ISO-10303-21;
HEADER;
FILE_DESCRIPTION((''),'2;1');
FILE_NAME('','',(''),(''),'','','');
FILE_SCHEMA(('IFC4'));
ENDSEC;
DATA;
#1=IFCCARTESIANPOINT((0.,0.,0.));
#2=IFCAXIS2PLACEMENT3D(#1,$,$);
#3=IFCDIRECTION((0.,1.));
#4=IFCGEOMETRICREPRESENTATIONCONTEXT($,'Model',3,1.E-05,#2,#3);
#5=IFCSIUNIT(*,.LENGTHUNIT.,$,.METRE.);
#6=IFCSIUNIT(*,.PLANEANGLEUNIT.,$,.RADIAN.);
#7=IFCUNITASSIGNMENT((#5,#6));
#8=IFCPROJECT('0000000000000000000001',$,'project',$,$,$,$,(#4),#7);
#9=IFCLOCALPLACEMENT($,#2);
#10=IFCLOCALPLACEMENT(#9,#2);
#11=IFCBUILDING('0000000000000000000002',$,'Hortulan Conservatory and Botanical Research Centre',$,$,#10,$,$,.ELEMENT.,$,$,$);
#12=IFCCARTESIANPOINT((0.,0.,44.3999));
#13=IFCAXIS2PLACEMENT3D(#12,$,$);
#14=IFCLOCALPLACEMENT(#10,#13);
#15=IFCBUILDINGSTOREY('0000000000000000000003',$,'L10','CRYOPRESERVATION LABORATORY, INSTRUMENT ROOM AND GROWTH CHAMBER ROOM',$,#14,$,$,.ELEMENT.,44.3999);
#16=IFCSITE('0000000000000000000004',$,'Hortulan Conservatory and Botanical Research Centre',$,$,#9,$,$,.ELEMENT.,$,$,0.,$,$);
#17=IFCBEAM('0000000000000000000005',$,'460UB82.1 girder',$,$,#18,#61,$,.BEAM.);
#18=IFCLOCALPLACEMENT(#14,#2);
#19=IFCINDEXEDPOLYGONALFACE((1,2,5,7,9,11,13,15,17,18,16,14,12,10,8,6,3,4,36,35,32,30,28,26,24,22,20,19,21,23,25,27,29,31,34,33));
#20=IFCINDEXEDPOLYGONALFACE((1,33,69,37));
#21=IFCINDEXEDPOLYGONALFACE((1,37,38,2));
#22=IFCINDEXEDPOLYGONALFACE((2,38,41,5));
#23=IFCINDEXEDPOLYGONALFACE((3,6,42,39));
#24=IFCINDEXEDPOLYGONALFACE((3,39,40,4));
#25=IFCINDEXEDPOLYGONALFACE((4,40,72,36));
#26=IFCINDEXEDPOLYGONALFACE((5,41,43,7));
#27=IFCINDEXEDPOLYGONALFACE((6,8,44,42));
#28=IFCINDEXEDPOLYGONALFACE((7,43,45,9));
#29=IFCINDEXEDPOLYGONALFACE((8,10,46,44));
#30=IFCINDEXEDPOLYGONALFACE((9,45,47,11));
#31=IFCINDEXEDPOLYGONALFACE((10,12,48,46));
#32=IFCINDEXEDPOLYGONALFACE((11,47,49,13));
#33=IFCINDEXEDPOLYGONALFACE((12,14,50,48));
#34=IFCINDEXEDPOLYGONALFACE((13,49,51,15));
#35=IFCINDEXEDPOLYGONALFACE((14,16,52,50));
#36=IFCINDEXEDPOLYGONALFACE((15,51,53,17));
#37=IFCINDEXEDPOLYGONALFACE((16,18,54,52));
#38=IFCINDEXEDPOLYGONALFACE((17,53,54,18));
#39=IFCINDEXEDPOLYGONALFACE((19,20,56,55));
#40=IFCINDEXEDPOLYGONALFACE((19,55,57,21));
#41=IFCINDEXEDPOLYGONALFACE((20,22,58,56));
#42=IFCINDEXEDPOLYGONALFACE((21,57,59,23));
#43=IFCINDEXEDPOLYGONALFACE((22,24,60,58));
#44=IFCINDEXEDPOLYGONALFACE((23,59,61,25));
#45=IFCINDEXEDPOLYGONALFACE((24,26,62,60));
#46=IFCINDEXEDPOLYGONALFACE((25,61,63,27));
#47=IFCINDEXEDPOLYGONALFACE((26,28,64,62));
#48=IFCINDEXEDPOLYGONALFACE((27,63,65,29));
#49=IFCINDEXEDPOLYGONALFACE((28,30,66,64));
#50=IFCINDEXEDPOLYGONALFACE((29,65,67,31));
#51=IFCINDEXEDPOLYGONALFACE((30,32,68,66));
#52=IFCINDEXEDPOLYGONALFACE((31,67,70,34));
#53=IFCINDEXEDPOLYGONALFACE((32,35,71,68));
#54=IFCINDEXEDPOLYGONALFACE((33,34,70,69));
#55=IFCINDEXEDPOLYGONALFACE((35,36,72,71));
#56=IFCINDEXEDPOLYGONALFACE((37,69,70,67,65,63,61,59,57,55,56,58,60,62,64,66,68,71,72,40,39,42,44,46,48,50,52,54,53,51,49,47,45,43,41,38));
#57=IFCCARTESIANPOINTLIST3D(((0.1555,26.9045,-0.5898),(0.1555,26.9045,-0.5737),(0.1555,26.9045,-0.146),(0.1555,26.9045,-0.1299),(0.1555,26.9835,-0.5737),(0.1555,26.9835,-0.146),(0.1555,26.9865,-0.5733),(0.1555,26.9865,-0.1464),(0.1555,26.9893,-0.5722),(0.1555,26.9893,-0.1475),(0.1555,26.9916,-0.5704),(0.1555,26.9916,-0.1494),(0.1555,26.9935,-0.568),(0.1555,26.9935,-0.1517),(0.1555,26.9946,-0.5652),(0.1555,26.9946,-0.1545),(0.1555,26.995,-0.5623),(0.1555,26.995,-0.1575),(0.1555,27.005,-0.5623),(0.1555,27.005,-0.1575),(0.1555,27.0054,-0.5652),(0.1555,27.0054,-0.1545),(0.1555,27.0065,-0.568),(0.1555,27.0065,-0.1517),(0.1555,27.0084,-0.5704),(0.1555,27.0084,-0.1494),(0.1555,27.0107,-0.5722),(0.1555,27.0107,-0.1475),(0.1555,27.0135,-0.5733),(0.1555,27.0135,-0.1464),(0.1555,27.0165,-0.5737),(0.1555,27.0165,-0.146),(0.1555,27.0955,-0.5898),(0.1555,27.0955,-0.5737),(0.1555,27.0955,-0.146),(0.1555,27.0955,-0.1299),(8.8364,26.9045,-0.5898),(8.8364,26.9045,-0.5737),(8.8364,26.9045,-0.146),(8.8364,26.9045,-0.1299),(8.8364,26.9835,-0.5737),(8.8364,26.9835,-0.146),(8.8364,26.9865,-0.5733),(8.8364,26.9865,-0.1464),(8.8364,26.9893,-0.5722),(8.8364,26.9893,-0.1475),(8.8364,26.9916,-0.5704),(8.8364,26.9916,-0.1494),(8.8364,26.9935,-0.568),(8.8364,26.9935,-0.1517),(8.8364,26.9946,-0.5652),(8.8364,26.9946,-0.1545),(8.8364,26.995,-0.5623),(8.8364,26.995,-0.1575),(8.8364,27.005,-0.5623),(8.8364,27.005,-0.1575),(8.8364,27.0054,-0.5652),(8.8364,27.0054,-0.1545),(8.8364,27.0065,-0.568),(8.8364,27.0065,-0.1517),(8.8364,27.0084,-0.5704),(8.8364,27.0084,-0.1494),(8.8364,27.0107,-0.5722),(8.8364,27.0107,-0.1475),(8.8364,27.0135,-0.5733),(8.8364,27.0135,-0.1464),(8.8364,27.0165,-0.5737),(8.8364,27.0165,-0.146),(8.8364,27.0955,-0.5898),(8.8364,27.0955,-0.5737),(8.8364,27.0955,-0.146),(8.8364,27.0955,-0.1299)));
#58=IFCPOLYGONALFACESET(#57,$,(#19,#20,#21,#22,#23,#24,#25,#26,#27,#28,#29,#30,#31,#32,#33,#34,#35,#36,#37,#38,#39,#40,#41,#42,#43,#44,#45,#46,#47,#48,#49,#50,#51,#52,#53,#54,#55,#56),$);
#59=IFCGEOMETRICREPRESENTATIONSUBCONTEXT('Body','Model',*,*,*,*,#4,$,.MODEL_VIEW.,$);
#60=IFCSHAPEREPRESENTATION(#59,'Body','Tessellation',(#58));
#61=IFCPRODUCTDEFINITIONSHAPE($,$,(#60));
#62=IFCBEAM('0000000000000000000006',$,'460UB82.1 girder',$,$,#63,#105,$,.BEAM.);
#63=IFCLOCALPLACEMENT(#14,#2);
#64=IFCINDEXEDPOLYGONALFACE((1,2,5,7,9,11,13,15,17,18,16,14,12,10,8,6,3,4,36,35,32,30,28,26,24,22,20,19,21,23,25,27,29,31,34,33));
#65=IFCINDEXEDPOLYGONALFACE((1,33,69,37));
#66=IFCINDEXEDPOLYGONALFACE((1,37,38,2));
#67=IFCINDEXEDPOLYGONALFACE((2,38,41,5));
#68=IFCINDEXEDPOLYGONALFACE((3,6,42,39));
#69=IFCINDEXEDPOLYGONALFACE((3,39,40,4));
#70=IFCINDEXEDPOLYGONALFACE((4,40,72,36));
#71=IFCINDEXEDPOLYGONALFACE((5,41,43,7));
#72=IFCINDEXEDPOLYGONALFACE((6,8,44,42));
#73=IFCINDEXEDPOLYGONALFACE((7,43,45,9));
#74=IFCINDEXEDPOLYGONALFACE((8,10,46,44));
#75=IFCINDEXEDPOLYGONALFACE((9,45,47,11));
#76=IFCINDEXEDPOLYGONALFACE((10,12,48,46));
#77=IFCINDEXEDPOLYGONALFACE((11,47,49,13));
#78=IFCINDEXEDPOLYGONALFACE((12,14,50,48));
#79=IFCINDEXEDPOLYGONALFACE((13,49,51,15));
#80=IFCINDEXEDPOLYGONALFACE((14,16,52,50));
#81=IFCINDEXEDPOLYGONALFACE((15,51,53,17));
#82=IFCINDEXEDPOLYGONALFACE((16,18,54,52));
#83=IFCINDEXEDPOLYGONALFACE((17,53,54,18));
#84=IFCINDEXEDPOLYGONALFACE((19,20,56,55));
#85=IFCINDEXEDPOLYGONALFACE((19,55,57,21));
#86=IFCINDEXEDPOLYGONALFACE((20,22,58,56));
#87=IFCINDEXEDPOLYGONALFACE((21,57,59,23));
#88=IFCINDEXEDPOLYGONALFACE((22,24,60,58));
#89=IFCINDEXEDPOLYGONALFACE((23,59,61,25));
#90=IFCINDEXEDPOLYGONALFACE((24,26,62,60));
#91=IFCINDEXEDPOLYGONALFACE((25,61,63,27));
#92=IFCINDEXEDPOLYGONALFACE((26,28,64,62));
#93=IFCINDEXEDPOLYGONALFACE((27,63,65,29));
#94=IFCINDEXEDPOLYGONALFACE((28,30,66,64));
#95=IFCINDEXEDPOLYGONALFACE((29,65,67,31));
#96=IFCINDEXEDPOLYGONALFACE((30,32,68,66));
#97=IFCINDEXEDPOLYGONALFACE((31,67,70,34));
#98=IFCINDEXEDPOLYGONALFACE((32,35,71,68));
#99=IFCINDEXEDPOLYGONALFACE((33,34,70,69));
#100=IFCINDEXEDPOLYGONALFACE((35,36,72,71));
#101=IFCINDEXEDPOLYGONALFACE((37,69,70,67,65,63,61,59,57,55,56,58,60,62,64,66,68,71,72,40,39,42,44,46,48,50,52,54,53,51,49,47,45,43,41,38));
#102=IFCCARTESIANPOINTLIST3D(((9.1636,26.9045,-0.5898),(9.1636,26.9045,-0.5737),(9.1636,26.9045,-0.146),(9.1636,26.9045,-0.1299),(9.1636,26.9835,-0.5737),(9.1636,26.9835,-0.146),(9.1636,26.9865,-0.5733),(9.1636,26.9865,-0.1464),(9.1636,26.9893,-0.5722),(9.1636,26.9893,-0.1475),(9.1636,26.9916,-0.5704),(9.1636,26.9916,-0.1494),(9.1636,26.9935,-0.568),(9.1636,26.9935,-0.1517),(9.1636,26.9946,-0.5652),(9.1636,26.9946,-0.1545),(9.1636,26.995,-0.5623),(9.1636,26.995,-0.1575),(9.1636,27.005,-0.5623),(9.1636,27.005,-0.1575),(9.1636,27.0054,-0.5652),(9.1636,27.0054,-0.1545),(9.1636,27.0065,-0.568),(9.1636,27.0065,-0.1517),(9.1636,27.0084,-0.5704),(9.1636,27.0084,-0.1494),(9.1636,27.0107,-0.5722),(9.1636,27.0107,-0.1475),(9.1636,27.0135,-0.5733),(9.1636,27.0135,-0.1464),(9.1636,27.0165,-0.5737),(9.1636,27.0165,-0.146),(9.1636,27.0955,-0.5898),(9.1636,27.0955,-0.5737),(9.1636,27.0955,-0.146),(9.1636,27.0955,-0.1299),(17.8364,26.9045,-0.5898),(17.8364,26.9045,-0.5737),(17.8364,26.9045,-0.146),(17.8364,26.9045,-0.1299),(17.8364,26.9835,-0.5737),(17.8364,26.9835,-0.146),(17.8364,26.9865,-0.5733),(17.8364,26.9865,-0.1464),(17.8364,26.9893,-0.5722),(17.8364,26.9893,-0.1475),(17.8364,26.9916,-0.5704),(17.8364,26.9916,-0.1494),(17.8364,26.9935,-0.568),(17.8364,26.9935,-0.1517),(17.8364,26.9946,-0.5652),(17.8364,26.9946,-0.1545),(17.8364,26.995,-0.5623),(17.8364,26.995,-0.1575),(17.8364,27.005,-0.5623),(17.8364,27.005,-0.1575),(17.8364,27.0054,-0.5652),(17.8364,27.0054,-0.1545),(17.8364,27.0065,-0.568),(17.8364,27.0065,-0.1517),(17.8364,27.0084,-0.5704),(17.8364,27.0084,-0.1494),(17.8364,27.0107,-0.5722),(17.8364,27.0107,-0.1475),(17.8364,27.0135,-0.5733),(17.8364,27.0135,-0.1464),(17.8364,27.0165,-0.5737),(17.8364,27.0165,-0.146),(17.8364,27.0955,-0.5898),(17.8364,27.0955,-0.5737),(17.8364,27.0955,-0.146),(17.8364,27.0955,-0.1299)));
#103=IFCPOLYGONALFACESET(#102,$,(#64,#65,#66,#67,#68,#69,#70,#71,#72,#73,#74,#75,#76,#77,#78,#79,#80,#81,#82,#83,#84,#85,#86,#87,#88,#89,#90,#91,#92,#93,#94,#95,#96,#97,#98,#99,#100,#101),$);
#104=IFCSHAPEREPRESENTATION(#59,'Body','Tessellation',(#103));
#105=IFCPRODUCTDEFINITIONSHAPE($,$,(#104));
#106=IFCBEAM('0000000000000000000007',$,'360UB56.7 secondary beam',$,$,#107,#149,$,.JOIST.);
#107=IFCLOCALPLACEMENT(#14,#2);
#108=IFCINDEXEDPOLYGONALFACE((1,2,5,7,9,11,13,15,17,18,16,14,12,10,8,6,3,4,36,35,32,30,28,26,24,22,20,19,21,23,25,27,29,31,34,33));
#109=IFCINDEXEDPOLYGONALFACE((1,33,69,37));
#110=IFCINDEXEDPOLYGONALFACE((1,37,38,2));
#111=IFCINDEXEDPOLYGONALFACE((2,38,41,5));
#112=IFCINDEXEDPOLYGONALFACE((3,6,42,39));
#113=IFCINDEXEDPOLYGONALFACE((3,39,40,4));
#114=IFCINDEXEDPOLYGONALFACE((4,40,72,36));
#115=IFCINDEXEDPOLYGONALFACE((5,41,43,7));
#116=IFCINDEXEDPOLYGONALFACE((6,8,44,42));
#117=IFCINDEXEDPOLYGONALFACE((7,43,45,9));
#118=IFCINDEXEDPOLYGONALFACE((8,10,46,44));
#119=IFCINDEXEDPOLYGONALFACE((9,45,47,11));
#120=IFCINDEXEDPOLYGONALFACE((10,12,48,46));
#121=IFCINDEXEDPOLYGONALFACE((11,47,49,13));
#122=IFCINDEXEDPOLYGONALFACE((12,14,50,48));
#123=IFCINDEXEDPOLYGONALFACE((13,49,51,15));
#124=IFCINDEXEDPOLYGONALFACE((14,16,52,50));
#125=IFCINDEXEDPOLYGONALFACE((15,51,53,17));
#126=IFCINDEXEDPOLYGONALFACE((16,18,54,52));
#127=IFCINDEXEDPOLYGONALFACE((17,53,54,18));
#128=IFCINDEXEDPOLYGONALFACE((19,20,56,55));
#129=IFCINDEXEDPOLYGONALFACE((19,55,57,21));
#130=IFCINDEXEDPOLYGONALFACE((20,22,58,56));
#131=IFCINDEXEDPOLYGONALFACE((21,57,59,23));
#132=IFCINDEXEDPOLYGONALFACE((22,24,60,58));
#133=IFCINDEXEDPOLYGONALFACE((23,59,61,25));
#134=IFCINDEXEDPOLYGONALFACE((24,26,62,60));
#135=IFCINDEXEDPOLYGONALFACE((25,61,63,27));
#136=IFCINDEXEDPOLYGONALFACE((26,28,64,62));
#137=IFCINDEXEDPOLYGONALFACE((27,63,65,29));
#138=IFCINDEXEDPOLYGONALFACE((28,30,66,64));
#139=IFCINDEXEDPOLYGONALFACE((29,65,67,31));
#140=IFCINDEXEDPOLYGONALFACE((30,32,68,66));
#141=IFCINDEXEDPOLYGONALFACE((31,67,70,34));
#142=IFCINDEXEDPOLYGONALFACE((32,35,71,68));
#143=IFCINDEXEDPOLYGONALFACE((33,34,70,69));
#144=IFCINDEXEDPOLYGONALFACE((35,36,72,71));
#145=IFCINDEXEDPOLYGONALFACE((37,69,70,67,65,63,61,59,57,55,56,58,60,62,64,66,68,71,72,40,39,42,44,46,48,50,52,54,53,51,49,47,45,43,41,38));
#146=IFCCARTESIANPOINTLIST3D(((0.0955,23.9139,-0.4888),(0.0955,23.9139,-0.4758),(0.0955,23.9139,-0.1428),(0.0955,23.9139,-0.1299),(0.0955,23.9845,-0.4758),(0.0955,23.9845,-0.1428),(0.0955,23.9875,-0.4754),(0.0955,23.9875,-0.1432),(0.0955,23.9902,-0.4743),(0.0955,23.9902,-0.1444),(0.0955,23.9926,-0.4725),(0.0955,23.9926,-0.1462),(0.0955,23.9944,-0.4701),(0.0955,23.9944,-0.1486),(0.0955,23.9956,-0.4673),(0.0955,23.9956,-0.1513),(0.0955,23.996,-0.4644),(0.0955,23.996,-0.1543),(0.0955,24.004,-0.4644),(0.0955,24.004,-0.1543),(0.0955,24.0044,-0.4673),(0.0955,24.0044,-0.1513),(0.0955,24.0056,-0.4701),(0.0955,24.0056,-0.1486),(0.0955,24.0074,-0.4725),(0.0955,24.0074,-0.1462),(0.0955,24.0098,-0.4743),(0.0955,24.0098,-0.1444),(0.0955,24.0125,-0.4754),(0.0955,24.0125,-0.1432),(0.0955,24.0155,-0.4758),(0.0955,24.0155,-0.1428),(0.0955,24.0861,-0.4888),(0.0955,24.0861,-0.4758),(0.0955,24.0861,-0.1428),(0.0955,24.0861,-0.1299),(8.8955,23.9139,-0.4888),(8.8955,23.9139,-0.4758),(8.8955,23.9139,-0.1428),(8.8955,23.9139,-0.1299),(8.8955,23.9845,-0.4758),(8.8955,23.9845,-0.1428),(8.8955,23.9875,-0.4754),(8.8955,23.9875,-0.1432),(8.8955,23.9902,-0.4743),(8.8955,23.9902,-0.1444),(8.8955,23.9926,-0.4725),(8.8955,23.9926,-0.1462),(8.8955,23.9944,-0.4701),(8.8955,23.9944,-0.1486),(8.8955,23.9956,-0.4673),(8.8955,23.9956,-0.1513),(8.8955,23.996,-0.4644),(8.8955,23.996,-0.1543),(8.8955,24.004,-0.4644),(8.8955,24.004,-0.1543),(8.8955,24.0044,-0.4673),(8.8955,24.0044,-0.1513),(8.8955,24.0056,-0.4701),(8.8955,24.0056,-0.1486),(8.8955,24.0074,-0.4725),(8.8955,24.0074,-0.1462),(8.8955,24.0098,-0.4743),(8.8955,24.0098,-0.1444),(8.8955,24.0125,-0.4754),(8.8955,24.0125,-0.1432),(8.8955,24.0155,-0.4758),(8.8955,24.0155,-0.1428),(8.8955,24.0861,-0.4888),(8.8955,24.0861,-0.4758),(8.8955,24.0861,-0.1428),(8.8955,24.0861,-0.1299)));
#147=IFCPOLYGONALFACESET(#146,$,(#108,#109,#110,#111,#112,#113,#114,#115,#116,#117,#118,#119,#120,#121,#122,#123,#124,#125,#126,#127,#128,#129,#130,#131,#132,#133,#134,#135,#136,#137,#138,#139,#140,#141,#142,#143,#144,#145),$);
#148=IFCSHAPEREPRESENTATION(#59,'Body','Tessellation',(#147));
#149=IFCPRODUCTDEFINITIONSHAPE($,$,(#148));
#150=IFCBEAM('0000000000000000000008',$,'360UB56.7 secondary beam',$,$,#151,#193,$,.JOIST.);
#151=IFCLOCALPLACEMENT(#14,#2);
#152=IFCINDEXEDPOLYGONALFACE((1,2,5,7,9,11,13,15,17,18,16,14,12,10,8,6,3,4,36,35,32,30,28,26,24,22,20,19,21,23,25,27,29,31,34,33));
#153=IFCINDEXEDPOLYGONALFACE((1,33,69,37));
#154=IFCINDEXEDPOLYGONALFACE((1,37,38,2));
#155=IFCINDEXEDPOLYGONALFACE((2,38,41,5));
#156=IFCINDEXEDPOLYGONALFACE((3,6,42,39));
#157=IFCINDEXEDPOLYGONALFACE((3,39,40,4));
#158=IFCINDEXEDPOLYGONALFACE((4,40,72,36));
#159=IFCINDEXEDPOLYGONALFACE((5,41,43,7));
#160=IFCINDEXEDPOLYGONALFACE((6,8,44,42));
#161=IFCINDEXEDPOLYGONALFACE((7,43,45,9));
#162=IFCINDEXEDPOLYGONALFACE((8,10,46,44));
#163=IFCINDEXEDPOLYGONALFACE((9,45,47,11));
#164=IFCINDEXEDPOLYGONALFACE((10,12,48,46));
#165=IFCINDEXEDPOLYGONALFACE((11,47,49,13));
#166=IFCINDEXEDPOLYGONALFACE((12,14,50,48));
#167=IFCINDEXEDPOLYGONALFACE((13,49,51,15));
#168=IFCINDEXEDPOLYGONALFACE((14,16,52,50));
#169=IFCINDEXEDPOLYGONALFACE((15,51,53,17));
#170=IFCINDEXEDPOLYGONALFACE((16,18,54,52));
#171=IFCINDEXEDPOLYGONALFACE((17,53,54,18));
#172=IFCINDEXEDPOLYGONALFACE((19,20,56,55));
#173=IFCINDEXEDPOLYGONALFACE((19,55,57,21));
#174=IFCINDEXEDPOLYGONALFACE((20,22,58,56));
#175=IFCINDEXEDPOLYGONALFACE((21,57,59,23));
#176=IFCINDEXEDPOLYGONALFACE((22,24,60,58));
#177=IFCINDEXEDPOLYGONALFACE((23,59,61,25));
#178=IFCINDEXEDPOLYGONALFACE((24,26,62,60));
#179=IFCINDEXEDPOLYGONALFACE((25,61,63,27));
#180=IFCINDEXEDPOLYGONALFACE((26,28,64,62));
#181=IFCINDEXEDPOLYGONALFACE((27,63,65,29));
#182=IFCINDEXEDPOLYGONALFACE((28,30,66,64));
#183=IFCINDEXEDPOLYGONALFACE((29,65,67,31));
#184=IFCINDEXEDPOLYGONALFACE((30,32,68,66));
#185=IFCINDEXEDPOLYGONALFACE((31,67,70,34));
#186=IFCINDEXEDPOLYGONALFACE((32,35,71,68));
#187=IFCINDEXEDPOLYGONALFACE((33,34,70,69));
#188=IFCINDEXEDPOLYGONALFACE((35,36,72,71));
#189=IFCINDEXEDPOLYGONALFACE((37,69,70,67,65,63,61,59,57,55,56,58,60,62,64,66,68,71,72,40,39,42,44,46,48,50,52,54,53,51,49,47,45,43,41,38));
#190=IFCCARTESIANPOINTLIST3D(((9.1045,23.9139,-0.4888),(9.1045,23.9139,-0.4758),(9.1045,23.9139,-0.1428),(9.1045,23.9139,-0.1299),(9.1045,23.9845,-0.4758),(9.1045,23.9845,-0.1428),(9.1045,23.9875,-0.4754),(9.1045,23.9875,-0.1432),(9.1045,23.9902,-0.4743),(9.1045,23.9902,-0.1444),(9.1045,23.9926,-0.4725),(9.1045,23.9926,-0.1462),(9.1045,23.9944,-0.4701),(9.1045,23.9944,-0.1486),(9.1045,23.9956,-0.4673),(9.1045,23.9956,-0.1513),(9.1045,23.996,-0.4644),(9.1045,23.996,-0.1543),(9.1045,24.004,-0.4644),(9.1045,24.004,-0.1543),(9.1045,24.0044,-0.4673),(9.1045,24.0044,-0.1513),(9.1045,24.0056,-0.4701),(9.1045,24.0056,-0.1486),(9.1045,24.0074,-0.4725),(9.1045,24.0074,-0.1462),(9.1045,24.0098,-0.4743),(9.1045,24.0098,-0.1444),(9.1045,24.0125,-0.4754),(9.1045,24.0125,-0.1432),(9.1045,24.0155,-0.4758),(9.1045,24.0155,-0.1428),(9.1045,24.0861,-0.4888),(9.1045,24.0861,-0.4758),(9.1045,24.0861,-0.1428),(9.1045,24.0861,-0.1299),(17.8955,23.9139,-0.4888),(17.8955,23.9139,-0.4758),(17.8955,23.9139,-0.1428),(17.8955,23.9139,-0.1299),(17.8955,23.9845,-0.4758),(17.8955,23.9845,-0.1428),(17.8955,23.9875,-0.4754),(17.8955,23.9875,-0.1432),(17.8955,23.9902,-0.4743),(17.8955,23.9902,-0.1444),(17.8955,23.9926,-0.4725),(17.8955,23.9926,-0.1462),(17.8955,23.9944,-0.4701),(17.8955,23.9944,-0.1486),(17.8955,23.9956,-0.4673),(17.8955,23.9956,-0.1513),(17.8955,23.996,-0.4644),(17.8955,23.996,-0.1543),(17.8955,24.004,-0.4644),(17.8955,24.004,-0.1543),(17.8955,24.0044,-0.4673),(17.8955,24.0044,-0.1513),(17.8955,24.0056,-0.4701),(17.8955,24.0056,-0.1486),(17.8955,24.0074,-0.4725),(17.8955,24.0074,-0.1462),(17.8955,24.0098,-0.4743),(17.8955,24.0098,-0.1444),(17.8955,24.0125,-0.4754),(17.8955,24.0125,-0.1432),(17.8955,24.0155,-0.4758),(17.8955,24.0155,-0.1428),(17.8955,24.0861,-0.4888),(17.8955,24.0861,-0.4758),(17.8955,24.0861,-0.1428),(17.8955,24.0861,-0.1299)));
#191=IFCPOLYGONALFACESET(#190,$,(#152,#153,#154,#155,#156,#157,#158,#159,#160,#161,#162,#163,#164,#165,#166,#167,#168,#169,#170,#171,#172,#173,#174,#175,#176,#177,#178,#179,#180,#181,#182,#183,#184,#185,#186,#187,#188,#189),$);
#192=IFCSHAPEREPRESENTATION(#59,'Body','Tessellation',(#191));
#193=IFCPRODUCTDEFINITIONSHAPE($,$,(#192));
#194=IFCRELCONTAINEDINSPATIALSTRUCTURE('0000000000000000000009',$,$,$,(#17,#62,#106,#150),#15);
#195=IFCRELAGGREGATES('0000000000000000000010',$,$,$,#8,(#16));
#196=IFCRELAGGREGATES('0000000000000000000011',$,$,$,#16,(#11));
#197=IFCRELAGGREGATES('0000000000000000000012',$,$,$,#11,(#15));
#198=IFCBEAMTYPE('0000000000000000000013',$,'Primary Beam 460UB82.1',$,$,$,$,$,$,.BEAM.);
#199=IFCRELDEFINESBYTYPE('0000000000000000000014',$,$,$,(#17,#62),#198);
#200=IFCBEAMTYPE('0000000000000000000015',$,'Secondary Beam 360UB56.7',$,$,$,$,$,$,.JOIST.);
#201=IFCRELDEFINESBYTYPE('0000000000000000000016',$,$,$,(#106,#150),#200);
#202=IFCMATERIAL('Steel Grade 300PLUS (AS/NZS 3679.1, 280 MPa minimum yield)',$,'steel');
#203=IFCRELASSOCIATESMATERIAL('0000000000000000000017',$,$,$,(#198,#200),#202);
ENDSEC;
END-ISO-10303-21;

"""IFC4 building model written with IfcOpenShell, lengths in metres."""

from ifc_helpers import new_model, si_unit, direction, frame, origin, origin_2d, place, context, subcontext, project, spatial, i_section, extrude, material, material_profile, profile_set, type_object, element, save


model = new_model("IFC4")

# Units and contexts
model_context = context("Model", 3, precision=1e-05, world=origin(), true_north=direction((0.0, 1.0)))
body_context = subcontext(model_context, "Body", "Model", "MODEL_VIEW")
ifc_project = project(units=[si_unit("LENGTHUNIT", "METRE"), si_unit("PLANEANGLEUNIT", "RADIAN")], contexts=[model_context])

# Site, building, storey
site_placement = place(None, origin())
site = spatial("IfcSite", under=ifc_project, at=site_placement, Name="Hortulan Conservatory and Botanical Research Centre", CompositionType="ELEMENT", RefElevation=0.0)
building_placement = place(site_placement, origin())
building = spatial("IfcBuilding", under=site, at=building_placement, Name="Hortulan Conservatory and Botanical Research Centre", CompositionType="ELEMENT")
storey_placement = place(building_placement, frame((0.0, 0.0, 44.3999)))
storey = spatial("IfcBuildingStorey", under=building, at=storey_placement, Name="L10", Description="CRYOPRESERVATION LABORATORY, INSTRUMENT ROOM AND GROWTH CHAMBER ROOM", CompositionType="ELEMENT", Elevation=44.3999)

# Shared definitions
ifc_material_1 = material(Name="Steel Grade 300PLUS (AS/NZS 3679.1, 280 MPa minimum yield)", Category="steel")

# Beams
ifc_material_profile_1 = material_profile(ifc_material_1, i_section(OverallWidth=0.1909, OverallDepth=0.46, WebThickness=0.01, FlangeThickness=0.0161, FilletRadius=0.0115, at=origin_2d()), Name="460UB82.1")
ifc_profile_set_1 = profile_set([ifc_material_profile_1], Name="Steel Grade 300PLUS (AS/NZS 3679.1, 280 MPa minimum yield)")
beam_type_1 = type_object("IfcBeamType", Name="Primary Beam 460UB82.1", PredefinedType="BEAM", material=ifc_profile_set_1)
beam_1_placement = place(storey_placement, frame((0.1555, 27.0, -0.3599), z_axis=(1.0, 0.0, 0.0), x_axis=(0.0, 1.0, 0.0)))
element("IfcBeam", 1, at=beam_1_placement, inside=storey, type_object=beam_type_1, Name="460UB82.1 girder", PredefinedType="BEAM", context=body_context, shape_type="SweptSolid", body=[
    extrude(i_section(OverallWidth=0.1909, OverallDepth=0.46, WebThickness=0.01, FlangeThickness=0.0161, FilletRadius=0.0115, at=origin_2d()), origin(), (0.0, 0.0, 1.0), 8.6809),
])
beam_2_placement = place(storey_placement, frame((9.1636, 27.0, -0.3599), z_axis=(1.0, 0.0, 0.0), x_axis=(0.0, 1.0, 0.0)))
element("IfcBeam", 2, at=beam_2_placement, inside=storey, type_object=beam_type_1, Name="460UB82.1 girder", PredefinedType="BEAM", context=body_context, shape_type="SweptSolid", body=[
    extrude(i_section(OverallWidth=0.1909, OverallDepth=0.46, WebThickness=0.01, FlangeThickness=0.0161, FilletRadius=0.0115, at=origin_2d()), origin(), (0.0, 0.0, 1.0), 8.6729),
])
ifc_material_profile_2 = material_profile(ifc_material_1, i_section(OverallWidth=0.1721, OverallDepth=0.3589, WebThickness=0.0081, FlangeThickness=0.0129, FilletRadius=0.0115, at=origin_2d()), Name="360UB56.7")
ifc_profile_set_2 = profile_set([ifc_material_profile_2], Name="Steel Grade 300PLUS (AS/NZS 3679.1, 280 MPa minimum yield)")
beam_type_2 = type_object("IfcBeamType", Name="Secondary Beam 360UB56.7", PredefinedType="JOIST", material=ifc_profile_set_2)
beam_3_placement = place(storey_placement, frame((0.0955, 24.0, -0.3093), z_axis=(1.0, 0.0, 0.0), x_axis=(0.0, 1.0, 0.0)))
element("IfcBeam", 3, at=beam_3_placement, inside=storey, type_object=beam_type_2, Name="360UB56.7 secondary beam", PredefinedType="JOIST", context=body_context, shape_type="SweptSolid", body=[
    extrude(i_section(OverallWidth=0.1721, OverallDepth=0.3589, WebThickness=0.0081, FlangeThickness=0.0129, FilletRadius=0.0115, at=origin_2d()), origin(), (0.0, 0.0, 1.0), 8.8),
])
beam_4_placement = place(storey_placement, frame((9.1045, 24.0, -0.3093), z_axis=(1.0, 0.0, 0.0), x_axis=(0.0, 1.0, 0.0)))
element("IfcBeam", 4, at=beam_4_placement, inside=storey, type_object=beam_type_2, Name="360UB56.7 secondary beam", PredefinedType="JOIST", context=body_context, shape_type="SweptSolid", body=[
    extrude(i_section(OverallWidth=0.1721, OverallDepth=0.3589, WebThickness=0.0081, FlangeThickness=0.0129, FilletRadius=0.0115, at=origin_2d()), origin(), (0.0, 0.0, 1.0), 8.791),
])

save(model, "model.ifc")
